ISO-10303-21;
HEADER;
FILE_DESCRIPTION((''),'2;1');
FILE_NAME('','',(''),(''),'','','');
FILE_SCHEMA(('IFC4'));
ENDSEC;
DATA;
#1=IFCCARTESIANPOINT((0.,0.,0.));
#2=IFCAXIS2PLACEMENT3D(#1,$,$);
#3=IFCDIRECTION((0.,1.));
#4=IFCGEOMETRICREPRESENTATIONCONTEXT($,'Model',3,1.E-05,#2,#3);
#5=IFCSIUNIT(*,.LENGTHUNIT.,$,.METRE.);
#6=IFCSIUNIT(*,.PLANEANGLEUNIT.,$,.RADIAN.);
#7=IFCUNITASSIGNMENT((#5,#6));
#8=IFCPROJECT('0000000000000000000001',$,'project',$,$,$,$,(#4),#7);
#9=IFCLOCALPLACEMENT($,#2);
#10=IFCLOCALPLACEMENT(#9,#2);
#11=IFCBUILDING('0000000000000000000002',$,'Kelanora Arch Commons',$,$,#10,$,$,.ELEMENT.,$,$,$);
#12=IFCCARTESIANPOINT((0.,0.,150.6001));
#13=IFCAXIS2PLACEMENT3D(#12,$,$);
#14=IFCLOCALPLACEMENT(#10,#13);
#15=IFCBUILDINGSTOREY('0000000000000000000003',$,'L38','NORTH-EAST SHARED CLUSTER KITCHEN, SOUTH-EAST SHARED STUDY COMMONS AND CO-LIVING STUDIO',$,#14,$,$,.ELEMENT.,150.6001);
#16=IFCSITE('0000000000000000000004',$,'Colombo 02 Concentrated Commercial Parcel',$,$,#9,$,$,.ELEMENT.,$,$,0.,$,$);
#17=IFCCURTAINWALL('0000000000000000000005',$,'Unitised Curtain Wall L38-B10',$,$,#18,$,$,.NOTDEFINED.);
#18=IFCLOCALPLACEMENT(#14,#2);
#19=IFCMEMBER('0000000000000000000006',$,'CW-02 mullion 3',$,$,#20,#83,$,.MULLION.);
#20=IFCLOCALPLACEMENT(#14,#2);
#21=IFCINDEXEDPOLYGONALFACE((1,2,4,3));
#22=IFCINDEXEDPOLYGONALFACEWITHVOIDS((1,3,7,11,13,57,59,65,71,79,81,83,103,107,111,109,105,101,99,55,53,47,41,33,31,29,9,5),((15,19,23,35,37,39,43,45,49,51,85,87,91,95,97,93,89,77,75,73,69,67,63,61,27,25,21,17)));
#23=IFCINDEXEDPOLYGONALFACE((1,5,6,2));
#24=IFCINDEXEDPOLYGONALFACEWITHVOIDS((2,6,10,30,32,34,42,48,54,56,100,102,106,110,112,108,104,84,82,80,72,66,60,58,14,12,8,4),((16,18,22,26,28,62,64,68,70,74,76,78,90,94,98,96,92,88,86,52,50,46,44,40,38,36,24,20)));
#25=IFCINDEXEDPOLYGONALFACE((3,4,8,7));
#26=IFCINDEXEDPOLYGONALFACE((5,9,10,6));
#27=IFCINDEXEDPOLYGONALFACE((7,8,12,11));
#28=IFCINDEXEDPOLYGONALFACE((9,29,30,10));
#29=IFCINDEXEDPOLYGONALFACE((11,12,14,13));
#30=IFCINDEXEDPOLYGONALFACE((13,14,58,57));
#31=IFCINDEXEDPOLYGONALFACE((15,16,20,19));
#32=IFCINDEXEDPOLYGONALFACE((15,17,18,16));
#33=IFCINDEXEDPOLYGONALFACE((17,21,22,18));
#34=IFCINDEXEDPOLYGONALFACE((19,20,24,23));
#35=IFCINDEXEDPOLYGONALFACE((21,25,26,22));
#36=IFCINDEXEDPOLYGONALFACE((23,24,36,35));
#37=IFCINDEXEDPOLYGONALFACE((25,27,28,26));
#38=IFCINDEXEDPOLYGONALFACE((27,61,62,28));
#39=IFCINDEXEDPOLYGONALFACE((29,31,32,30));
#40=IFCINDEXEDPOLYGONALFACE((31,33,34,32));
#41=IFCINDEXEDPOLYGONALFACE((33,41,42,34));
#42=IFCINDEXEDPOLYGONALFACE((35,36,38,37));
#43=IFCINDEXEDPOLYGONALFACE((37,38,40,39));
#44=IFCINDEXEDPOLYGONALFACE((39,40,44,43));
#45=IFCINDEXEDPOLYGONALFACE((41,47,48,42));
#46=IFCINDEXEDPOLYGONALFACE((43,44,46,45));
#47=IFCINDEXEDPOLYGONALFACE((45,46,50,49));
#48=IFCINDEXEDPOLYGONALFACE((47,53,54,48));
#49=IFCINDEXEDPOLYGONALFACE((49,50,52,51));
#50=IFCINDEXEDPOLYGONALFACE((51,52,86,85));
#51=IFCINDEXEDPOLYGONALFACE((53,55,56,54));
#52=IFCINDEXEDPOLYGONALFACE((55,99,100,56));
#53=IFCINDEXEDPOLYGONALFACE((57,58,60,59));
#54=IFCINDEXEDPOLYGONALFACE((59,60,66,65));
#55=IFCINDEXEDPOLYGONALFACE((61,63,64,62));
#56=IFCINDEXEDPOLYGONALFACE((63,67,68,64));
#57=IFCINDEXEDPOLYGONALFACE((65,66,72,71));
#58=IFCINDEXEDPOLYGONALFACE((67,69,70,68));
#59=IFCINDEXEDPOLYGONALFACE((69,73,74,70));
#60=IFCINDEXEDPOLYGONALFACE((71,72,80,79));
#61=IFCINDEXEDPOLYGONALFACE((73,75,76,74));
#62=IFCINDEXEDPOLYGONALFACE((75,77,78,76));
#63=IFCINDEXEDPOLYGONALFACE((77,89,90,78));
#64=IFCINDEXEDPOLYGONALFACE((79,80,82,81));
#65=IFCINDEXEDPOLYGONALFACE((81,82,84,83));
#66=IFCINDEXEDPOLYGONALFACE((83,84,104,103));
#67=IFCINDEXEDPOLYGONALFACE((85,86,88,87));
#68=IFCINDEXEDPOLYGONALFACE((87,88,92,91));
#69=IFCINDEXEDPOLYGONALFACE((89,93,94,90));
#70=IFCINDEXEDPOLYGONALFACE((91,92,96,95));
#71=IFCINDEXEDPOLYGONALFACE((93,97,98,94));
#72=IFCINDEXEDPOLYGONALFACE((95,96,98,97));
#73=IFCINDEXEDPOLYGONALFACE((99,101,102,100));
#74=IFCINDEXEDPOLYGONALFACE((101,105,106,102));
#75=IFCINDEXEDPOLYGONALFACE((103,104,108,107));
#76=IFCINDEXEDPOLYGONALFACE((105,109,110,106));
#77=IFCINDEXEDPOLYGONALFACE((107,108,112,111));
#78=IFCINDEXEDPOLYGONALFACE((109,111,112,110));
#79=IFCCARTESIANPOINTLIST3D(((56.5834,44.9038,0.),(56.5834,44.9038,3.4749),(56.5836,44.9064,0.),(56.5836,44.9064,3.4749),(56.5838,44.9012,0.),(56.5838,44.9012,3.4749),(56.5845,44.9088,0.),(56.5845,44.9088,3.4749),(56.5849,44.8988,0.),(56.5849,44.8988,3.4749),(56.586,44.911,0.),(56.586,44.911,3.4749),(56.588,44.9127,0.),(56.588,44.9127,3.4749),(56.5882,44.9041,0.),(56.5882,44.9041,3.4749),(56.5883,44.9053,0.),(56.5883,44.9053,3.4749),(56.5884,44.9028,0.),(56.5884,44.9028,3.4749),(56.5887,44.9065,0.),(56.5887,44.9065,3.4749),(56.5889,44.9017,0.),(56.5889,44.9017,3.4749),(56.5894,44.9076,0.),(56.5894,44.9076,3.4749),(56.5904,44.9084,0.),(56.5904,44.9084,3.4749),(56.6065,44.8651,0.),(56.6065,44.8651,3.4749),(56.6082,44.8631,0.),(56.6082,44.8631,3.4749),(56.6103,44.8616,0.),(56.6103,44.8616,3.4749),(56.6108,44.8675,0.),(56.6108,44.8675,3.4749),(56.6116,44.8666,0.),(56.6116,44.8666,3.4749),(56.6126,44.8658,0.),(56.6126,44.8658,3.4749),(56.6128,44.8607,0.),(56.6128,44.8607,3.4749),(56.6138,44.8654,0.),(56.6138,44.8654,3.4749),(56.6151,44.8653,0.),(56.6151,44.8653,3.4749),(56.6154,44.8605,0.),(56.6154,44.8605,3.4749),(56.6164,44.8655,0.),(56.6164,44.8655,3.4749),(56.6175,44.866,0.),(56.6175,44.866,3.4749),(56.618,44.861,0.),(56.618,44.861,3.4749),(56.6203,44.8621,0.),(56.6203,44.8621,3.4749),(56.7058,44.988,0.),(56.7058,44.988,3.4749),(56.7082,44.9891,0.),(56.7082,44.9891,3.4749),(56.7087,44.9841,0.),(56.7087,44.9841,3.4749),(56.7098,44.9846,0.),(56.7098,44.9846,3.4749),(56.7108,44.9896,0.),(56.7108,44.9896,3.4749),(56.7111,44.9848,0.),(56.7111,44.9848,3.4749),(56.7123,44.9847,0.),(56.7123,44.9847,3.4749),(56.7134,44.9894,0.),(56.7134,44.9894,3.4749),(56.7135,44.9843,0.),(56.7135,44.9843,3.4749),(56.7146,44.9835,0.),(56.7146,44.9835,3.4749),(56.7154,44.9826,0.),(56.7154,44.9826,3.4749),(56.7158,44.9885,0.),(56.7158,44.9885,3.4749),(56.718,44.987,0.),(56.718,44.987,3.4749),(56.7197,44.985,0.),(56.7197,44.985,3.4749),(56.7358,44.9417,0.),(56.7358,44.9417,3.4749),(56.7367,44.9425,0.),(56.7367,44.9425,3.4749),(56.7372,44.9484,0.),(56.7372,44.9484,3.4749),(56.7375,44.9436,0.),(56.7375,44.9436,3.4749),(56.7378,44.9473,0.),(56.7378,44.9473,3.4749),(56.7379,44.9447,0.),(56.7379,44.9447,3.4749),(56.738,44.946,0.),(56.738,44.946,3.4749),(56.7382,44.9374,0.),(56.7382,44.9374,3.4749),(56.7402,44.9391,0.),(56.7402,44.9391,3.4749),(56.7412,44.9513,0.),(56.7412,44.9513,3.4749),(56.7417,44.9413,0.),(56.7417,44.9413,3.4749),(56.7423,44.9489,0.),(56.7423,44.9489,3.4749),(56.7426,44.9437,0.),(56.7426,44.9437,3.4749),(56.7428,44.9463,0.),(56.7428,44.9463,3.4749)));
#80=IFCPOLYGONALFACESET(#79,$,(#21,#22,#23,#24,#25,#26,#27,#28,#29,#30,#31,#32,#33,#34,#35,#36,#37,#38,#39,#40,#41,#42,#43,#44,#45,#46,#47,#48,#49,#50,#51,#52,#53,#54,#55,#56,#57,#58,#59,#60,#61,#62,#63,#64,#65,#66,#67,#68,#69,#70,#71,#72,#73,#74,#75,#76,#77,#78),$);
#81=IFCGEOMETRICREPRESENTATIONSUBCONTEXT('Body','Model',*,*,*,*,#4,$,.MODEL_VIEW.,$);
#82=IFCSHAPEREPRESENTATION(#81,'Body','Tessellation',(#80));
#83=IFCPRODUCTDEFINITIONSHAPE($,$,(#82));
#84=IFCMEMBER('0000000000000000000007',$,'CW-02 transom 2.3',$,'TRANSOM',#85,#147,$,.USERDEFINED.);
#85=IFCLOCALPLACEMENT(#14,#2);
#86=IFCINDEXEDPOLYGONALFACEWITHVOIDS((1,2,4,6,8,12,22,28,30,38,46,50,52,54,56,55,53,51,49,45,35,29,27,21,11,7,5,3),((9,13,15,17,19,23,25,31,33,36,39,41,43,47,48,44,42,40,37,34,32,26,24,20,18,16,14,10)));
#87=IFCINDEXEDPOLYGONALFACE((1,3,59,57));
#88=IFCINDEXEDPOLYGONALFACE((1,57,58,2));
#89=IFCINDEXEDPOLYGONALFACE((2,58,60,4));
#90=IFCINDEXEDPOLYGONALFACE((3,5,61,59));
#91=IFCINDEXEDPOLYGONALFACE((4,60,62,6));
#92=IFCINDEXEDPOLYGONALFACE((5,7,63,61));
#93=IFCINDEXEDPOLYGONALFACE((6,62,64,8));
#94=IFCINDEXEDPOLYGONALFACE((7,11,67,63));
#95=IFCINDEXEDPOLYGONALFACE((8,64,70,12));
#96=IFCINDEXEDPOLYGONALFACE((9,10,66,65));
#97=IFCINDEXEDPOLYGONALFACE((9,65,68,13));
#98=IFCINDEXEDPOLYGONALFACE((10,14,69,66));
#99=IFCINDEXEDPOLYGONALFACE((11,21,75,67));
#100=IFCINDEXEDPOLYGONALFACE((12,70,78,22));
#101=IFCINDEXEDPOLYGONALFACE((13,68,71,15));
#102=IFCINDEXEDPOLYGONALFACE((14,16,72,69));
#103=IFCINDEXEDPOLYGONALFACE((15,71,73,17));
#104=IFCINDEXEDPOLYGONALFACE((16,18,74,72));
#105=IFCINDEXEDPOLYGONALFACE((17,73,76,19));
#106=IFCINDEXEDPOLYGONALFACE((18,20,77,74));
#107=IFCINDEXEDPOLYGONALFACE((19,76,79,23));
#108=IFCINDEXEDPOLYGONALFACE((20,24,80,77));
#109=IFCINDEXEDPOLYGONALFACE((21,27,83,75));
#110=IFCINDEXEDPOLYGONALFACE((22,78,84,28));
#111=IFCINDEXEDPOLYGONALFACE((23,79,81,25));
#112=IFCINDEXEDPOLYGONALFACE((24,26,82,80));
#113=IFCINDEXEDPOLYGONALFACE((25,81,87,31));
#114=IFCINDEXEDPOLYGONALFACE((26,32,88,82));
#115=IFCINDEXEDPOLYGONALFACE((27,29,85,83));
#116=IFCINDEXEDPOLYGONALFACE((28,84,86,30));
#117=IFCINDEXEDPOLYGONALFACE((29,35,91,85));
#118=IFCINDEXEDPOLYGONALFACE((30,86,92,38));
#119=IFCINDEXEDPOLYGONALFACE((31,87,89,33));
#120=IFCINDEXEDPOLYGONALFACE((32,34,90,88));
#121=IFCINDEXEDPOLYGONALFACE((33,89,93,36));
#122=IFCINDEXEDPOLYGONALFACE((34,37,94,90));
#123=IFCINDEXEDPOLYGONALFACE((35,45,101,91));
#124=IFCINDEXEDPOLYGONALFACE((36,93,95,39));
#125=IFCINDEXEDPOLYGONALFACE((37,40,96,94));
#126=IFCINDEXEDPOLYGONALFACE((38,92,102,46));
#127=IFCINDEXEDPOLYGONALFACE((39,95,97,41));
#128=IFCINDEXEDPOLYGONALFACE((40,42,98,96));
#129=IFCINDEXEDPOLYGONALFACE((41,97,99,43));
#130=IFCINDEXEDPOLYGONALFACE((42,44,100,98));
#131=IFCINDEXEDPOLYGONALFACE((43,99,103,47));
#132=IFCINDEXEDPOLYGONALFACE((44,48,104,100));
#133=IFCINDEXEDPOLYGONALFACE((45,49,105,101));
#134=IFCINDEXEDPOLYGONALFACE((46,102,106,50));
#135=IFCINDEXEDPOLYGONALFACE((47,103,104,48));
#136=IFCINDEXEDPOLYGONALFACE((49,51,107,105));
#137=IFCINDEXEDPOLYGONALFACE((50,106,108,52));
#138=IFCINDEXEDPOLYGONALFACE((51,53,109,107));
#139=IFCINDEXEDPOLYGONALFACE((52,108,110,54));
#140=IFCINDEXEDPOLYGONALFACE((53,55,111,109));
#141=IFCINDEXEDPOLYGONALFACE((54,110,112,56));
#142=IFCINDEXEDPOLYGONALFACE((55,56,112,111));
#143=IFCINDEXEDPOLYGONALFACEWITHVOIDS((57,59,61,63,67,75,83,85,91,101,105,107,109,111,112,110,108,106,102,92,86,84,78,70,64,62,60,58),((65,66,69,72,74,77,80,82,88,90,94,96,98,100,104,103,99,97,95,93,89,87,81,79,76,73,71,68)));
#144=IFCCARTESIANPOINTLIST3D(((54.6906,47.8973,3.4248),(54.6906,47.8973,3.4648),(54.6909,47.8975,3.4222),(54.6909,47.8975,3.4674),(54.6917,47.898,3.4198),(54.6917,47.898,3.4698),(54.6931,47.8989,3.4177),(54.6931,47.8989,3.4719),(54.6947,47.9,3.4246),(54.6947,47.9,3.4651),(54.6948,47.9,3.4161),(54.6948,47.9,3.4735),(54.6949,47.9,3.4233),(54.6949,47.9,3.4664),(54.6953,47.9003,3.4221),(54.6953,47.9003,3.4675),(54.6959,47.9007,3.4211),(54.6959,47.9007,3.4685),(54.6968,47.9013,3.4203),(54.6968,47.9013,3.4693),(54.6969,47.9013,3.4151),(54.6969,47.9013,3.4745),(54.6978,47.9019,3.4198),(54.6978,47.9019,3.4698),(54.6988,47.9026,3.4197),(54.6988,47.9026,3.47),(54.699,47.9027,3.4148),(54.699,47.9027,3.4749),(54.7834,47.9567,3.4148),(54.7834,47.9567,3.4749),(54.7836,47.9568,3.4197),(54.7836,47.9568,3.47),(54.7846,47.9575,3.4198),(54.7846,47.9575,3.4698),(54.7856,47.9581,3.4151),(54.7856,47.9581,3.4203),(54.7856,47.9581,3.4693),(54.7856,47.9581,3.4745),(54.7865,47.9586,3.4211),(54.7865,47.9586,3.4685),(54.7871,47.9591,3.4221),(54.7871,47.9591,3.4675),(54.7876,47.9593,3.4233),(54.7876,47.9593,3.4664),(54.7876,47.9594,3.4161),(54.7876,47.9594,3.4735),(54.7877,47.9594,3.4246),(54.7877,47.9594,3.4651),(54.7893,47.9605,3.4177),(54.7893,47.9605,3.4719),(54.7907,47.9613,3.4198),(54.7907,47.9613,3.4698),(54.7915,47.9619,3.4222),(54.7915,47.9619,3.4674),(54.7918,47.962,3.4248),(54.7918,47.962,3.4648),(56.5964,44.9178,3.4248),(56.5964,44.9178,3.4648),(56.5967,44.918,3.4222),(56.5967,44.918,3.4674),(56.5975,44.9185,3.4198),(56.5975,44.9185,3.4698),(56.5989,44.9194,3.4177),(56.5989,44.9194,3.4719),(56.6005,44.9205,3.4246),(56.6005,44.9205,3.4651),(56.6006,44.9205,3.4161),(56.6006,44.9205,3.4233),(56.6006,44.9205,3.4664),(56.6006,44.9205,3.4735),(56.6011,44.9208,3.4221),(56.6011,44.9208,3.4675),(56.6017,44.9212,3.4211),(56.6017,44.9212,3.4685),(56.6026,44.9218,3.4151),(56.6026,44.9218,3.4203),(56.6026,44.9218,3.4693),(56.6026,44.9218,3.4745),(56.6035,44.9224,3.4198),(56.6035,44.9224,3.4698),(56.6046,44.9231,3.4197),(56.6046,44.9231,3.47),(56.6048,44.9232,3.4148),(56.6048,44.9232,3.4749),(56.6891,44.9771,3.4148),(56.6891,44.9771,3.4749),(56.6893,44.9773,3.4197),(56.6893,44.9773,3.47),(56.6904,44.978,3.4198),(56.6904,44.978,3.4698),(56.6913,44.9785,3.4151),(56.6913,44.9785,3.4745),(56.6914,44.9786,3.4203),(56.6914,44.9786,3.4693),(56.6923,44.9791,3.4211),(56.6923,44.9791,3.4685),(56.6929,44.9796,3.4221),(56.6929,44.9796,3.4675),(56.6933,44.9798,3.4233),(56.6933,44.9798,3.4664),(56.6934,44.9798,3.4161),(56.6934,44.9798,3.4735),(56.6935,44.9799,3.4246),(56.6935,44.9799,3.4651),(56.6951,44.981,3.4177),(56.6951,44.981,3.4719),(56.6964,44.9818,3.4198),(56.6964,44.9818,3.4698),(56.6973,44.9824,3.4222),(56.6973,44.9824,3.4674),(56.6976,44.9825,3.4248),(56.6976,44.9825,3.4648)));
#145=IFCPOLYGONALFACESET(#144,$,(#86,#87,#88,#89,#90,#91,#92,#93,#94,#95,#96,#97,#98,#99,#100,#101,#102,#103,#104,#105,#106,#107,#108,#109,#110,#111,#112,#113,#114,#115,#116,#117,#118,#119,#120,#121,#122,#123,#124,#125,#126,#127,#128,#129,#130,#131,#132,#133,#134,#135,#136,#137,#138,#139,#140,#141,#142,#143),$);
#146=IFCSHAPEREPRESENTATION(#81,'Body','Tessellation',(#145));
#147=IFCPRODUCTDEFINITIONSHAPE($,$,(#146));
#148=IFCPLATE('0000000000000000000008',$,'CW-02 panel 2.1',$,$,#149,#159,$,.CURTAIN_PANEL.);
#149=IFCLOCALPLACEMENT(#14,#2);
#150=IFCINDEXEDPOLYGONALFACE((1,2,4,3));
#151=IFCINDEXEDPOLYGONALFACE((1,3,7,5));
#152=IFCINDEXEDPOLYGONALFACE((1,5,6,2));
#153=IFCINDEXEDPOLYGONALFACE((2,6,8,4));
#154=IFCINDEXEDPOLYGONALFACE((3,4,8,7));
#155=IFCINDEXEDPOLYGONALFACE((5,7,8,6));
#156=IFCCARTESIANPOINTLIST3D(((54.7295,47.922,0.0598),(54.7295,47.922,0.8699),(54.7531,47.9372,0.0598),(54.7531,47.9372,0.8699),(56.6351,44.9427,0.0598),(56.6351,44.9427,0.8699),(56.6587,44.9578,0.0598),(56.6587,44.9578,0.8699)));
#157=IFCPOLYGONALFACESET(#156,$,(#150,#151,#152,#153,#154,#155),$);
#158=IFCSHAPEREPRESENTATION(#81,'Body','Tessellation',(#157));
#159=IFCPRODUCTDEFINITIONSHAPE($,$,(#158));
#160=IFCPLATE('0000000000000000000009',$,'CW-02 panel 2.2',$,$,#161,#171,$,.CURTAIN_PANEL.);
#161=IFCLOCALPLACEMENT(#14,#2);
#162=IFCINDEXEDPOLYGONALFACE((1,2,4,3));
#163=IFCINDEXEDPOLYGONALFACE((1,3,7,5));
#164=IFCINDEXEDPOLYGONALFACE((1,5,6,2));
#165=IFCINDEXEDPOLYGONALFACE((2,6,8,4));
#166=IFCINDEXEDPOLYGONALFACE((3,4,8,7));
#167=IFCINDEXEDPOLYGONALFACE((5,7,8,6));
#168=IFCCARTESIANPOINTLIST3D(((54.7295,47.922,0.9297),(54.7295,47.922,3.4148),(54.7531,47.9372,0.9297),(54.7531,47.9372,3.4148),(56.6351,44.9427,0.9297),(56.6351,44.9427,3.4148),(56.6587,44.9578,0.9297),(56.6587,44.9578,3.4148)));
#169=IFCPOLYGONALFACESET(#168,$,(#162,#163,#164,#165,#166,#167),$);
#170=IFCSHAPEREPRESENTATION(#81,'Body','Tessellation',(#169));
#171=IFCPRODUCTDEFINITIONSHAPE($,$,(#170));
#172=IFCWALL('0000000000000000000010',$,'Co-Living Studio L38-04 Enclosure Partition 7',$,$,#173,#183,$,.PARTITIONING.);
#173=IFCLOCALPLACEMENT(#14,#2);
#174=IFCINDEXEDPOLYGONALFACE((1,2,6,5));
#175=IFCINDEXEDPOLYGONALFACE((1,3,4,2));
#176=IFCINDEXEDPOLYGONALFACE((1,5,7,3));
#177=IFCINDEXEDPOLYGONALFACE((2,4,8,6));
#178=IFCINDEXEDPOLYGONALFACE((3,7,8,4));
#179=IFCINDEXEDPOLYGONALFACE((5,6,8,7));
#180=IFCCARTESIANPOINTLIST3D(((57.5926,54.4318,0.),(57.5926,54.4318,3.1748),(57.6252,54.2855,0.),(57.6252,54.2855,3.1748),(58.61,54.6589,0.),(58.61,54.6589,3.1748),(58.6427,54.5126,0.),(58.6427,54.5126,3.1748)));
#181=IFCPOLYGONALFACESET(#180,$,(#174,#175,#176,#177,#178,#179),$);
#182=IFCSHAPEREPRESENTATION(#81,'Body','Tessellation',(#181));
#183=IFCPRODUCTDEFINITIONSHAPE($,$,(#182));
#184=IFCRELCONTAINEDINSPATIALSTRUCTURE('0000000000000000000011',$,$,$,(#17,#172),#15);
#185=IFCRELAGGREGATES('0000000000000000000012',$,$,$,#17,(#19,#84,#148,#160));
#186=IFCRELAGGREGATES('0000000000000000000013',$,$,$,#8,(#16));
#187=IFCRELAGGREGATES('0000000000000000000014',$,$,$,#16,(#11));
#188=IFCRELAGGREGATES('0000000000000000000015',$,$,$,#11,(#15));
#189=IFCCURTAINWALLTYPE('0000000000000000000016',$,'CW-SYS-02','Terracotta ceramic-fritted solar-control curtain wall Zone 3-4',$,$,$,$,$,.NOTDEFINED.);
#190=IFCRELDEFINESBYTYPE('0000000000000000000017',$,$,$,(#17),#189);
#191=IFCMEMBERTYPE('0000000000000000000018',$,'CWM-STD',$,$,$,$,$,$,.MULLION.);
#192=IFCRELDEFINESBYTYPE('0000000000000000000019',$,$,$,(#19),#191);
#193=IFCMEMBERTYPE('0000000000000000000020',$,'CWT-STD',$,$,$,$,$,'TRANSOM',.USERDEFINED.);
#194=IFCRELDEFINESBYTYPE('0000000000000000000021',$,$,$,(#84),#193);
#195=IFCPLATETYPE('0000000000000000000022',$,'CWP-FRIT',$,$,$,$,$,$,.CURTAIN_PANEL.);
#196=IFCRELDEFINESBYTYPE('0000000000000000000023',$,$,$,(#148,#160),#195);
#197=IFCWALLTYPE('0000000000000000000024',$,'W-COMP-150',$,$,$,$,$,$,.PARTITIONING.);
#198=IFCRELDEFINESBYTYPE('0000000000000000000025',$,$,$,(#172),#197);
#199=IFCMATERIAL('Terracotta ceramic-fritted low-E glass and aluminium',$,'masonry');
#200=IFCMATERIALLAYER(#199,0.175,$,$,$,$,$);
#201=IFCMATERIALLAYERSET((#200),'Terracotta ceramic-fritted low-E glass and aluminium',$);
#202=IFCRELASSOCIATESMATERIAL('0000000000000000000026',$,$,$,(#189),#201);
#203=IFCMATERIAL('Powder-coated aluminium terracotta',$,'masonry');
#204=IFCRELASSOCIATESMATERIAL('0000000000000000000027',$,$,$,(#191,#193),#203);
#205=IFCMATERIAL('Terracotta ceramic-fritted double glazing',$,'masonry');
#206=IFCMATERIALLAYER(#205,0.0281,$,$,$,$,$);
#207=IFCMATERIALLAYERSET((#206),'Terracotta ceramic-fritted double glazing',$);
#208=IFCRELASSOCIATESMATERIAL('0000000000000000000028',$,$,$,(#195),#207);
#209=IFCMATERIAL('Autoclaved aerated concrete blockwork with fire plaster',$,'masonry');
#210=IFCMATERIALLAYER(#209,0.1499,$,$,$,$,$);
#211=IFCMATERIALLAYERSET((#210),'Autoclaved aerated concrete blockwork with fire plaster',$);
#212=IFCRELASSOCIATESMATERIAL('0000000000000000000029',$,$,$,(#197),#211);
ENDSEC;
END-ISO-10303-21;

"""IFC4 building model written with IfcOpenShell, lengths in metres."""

from ifc_helpers import new_model, si_unit, direction, frame, frame_2d, origin, origin_2d, place, context, subcontext, project, spatial, rectangle, hollow_rectangle, extrude, source, transform, mapped, material, layer, layer_set, material_profile, profile_set, type_object, element, aggregate, save


model = new_model("IFC4")

# Units and contexts
model_context = context("Model", 3, precision=1e-05, world=origin(), true_north=direction((0.0, 1.0)))
body_context = subcontext(model_context, "Body", "Model", "MODEL_VIEW")
ifc_project = project(units=[si_unit("LENGTHUNIT", "METRE"), si_unit("PLANEANGLEUNIT", "RADIAN")], contexts=[model_context])

# Site, building, storey
site_placement = place(None, origin())
site = spatial("IfcSite", under=ifc_project, at=site_placement, Name="Colombo 02 Concentrated Commercial Parcel", CompositionType="ELEMENT", RefElevation=0.0)
building_placement = place(site_placement, origin())
building = spatial("IfcBuilding", under=site, at=building_placement, Name="Kelanora Arch Commons", CompositionType="ELEMENT")
storey_placement = place(building_placement, frame((0.0, 0.0, 150.6001)))
storey = spatial("IfcBuildingStorey", under=building, at=storey_placement, Name="L38", Description="NORTH-EAST SHARED CLUSTER KITCHEN, SOUTH-EAST SHARED STUDY COMMONS AND CO-LIVING STUDIO", CompositionType="ELEMENT", Elevation=150.6001)

# Curtain wall, members, plates
ifc_material_1 = material(Name="Terracotta ceramic-fritted low-E glass and aluminium", Category="masonry")
ifc_layer_1 = layer(ifc_material_1, 0.175)
ifc_layer_set_1 = layer_set([ifc_layer_1], Name="Terracotta ceramic-fritted low-E glass and aluminium")
curtain_wall_type = type_object("IfcCurtainWallType", Name="CW-SYS-02", Description="Terracotta ceramic-fritted solar-control curtain wall Zone 3-4", PredefinedType="NOTDEFINED", material=ifc_layer_set_1)
curtain_wall_placement = place(storey_placement, origin())
curtain_wall = element("IfcCurtainWall", 1, at=curtain_wall_placement, inside=storey, type_object=curtain_wall_type, Name="Unitised Curtain Wall L38-B10", PredefinedType="NOTDEFINED")
ifc_material_2 = material(Name="Powder-coated aluminium terracotta", Category="masonry")
ifc_material_profile_1 = material_profile(ifc_material_2, hollow_rectangle(XDim=0.1599, YDim=0.0601, WallThickness=0.0049, InnerFilletRadius=0.0049, OuterFilletRadius=0.01, at=origin_2d()), Name="CWM160x60")
ifc_profile_set_1 = profile_set([ifc_material_profile_1], Name="Powder-coated aluminium terracotta")
member_type_1 = type_object("IfcMemberType", Name="CWM-STD", PredefinedType="MULLION", material=ifc_profile_set_1)
member_1_placement = place(storey_placement, frame((56.6631, 44.925, 0.0), z_axis=(0.0, 0.0, 1.0), x_axis=(0.842423, 0.538817, 0.0)))
member_1 = element("IfcMember", 2, at=member_1_placement, type_object=member_type_1, Name="CW-02 mullion 3", PredefinedType="MULLION", context=body_context, shape_type="SweptSolid", body=[
    extrude(hollow_rectangle(XDim=0.1599, YDim=0.0601, WallThickness=0.0049, InnerFilletRadius=0.0049, OuterFilletRadius=0.01, at=origin_2d()), origin(), (0.0, 0.0, 1.0), 3.4749),
])
ifc_material_profile_2 = material_profile(ifc_material_2, hollow_rectangle(XDim=0.1201, YDim=0.0601, WallThickness=0.0049, InnerFilletRadius=0.0049, OuterFilletRadius=0.01, at=origin_2d()), Name="CWT120x60")
ifc_profile_set_2 = profile_set([ifc_material_profile_2], Name="Powder-coated aluminium terracotta")
member_type_2 = type_object("IfcMemberType", Name="CWT-STD", ElementType="TRANSOM", PredefinedType="USERDEFINED", material=ifc_profile_set_2)
member_2_placement = place(storey_placement, frame((54.7412, 47.9297, 3.4448), z_axis=(0.53883, -0.842414, 0.0), x_axis=(0.842414, 0.53883, 0.0)))
member_2 = element("IfcMember", 3, at=member_2_placement, type_object=member_type_2, Name="CW-02 transom 2.3", ObjectType="TRANSOM", PredefinedType="USERDEFINED", context=body_context, shape_type="SweptSolid", body=[
    extrude(hollow_rectangle(XDim=0.1201, YDim=0.0601, WallThickness=0.0049, InnerFilletRadius=0.0049, OuterFilletRadius=0.01, at=origin_2d()), origin(), (0.0, 0.0, 1.0), 3.5369),
])
ifc_material_3 = material(Name="Terracotta ceramic-fritted double glazing", Category="masonry")
ifc_layer_2 = layer(ifc_material_3, 0.0281)
ifc_layer_set_2 = layer_set([ifc_layer_2], Name="Terracotta ceramic-fritted double glazing")
plate_type = type_object("IfcPlateType", Name="CWP-FRIT", PredefinedType="CURTAIN_PANEL", material=ifc_layer_set_2)
shared_shape_1 = source(origin(), body_context, "Body", "SweptSolid", [
    extrude(rectangle(XDim=3.5366, YDim=0.0281, at=origin_2d()), origin(), (0.0, 0.0, 1.0), 0.8101),
])
plate_1_placement = place(storey_placement, frame((55.6941, 46.4399, 0.0598), z_axis=(0.0, 0.0, 1.0), x_axis=(0.538817, -0.842423, 0.0)))
plate_1 = element("IfcPlate", 4, at=plate_1_placement, type_object=plate_type, Name="CW-02 panel 2.1", PredefinedType="CURTAIN_PANEL", context=body_context, shape_type="MappedRepresentation", body=[
    mapped(shared_shape_1, transform((0.0, 0.0, 0.0), scale=1.0)),
])
shared_shape_2 = source(origin(), body_context, "Body", "SweptSolid", [
    extrude(rectangle(XDim=3.5366, YDim=0.0281, at=origin_2d()), origin(), (0.0, 0.0, 1.0), 2.4851),
])
plate_2_placement = place(storey_placement, frame((55.6941, 46.4399, 0.9297), z_axis=(0.0, 0.0, 1.0), x_axis=(0.538817, -0.842423, 0.0)))
plate_2 = element("IfcPlate", 5, at=plate_2_placement, type_object=plate_type, Name="CW-02 panel 2.2", PredefinedType="CURTAIN_PANEL", context=body_context, shape_type="MappedRepresentation", body=[
    mapped(shared_shape_2, transform((0.0, 0.0, 0.0), scale=1.0)),
])
aggregate(curtain_wall, [member_1, member_2, plate_1, plate_2])

# Wall
ifc_material_4 = material(Name="Autoclaved aerated concrete blockwork with fire plaster", Category="masonry")
ifc_layer_3 = layer(ifc_material_4, 0.1499)
ifc_layer_set_3 = layer_set([ifc_layer_3], Name="Autoclaved aerated concrete blockwork with fire plaster")
wall_type_1 = type_object("IfcWallType", Name="W-COMP-150", PredefinedType="PARTITIONING", material=ifc_layer_set_3)
wall_1_placement = place(storey_placement, frame((57.6089, 54.3586, 0.0), z_axis=(0.0, 0.0, 1.0), x_axis=(0.975988, 0.217823, 0.0)))
element("IfcWall", 6, at=wall_1_placement, inside=storey, type_object=wall_type_1, Name="Co-Living Studio L38-04 Enclosure Partition 7", PredefinedType="PARTITIONING", context=body_context, shape_type="SweptSolid", body=[
    extrude(rectangle(XDim=1.0425, YDim=0.1499, at=frame_2d((0.5212, 0.0))), origin(), (0.0, 0.0, 1.0), 3.1748),
])

save(model, "model.ifc")
